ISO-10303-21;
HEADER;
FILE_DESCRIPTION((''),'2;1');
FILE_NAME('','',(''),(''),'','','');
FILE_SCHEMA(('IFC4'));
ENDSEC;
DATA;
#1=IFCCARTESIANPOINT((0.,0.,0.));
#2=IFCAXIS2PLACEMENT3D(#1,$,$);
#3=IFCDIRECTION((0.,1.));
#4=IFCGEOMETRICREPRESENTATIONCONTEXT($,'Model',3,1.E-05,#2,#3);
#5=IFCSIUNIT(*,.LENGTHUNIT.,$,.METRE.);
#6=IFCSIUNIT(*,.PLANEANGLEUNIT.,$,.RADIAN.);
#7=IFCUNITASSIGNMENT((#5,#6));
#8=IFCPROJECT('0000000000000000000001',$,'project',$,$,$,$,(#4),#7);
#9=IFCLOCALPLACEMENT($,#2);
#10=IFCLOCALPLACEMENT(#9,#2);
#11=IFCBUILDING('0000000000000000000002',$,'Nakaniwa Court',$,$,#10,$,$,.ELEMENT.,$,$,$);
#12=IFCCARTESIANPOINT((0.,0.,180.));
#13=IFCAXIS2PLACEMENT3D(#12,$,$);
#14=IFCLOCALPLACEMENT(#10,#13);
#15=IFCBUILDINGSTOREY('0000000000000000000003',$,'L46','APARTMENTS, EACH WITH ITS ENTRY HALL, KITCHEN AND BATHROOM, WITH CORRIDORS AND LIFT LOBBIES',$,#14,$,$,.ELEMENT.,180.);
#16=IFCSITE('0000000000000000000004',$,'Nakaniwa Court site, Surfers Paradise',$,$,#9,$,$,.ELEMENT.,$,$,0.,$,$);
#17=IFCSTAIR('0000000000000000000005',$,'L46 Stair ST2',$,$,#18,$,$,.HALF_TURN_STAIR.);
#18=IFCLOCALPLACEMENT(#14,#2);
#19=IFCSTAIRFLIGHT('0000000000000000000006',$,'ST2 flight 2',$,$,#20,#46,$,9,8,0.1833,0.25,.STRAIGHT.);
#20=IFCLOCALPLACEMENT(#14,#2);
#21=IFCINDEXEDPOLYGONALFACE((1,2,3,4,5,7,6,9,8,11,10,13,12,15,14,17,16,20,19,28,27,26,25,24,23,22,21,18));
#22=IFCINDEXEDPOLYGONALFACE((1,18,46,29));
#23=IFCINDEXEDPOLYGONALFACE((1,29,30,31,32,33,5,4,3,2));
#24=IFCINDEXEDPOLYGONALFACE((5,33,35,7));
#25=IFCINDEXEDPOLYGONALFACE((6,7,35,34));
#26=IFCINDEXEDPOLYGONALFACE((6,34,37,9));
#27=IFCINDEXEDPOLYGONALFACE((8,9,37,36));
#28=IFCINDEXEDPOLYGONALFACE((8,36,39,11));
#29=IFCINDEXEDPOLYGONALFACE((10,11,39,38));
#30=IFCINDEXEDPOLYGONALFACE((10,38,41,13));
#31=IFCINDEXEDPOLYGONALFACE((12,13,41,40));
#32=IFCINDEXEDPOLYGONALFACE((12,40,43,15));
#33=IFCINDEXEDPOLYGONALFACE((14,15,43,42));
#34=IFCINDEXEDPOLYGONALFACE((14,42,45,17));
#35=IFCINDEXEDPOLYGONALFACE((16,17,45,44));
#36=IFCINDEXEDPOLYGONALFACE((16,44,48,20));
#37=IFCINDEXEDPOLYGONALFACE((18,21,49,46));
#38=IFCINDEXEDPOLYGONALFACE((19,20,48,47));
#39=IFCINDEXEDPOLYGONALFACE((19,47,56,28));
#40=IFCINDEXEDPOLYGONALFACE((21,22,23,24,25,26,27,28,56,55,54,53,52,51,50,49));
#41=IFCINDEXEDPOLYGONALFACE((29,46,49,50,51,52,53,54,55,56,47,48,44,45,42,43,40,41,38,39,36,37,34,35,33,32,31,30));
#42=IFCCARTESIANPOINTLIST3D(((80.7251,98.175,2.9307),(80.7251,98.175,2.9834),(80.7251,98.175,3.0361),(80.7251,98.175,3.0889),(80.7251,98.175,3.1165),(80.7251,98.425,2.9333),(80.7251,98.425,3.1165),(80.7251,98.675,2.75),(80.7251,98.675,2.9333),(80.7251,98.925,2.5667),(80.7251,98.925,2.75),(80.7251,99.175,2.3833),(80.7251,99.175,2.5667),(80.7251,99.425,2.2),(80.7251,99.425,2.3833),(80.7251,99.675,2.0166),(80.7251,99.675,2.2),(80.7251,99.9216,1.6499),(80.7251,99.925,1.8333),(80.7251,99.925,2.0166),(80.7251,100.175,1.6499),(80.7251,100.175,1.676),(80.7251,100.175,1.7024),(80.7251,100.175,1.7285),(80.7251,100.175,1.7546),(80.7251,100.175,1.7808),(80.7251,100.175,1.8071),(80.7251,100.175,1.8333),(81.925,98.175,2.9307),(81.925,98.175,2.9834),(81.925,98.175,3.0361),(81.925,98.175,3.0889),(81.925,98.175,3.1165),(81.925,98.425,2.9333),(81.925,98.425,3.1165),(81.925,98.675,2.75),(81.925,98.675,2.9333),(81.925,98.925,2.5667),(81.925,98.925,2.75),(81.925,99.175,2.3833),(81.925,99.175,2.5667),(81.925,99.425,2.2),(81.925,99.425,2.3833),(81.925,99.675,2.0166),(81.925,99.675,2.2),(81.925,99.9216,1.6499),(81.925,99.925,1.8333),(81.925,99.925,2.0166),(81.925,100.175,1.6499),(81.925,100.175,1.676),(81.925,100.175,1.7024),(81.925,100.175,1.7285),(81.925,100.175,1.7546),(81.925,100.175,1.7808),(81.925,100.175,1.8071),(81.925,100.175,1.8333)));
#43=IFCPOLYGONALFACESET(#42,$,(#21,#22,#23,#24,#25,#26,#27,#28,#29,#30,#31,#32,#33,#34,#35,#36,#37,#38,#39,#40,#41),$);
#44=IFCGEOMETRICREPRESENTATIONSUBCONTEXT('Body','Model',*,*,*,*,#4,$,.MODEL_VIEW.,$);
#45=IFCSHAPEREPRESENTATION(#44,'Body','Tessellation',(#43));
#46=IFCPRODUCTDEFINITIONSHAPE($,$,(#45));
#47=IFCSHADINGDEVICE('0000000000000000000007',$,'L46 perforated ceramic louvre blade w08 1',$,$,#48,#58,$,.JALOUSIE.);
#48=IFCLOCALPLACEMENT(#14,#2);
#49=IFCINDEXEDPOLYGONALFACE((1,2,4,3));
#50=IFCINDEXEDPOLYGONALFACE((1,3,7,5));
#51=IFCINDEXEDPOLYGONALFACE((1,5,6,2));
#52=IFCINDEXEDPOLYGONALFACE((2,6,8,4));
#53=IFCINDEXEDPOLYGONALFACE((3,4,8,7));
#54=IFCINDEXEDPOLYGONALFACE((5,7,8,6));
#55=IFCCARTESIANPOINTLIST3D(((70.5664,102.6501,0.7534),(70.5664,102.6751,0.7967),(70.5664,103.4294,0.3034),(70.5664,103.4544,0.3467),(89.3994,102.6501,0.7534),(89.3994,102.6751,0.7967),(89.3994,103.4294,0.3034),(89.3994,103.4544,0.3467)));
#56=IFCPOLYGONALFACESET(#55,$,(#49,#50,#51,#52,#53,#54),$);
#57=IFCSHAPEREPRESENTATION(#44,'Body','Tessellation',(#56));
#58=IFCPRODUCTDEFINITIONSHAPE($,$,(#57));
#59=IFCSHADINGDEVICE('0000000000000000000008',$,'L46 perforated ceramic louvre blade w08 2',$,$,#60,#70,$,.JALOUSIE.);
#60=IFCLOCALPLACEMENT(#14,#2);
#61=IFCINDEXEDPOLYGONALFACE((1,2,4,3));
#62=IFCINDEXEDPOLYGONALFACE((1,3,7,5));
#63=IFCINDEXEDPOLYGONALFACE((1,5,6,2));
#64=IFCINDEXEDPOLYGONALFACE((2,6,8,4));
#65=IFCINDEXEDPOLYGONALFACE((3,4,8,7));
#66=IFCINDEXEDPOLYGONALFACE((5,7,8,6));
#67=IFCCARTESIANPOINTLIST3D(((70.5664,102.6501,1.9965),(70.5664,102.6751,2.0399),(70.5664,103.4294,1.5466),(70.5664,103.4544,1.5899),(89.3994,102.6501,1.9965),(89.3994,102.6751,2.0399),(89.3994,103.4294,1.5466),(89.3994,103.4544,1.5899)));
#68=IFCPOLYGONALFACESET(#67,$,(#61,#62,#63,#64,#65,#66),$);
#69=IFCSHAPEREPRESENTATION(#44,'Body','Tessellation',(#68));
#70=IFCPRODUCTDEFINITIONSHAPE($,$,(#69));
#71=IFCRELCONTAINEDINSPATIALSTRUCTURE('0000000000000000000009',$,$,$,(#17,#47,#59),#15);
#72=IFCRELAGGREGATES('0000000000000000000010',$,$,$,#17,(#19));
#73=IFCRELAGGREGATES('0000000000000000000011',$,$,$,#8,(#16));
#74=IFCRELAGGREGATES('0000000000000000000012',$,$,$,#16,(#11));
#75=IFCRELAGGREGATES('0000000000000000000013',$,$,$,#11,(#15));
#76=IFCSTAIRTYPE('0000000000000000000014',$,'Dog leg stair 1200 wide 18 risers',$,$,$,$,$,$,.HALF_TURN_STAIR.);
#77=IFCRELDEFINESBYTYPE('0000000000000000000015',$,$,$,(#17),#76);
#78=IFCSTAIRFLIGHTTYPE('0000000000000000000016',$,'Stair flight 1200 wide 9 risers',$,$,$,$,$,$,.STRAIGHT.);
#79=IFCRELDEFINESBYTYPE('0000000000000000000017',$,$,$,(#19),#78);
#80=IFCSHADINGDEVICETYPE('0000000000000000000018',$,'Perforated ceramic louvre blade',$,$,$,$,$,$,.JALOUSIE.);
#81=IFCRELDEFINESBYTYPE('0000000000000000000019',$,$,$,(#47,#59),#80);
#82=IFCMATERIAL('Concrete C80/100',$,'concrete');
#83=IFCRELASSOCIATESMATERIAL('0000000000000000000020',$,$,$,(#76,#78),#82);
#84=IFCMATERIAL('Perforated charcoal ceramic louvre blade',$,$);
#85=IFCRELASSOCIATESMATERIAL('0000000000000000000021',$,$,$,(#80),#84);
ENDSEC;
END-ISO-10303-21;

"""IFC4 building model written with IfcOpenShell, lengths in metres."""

from ifc_helpers import new_model, si_unit, direction, frame, origin, origin_2d, place, context, subcontext, project, spatial, polyline, rectangle, outline, extrude, material, material_profile, profile_set, type_object, element, aggregate, save


model = new_model("IFC4")

# Units and contexts
model_context = context("Model", 3, precision=1e-05, world=origin(), true_north=direction((0.0, 1.0)))
body_context = subcontext(model_context, "Body", "Model", "MODEL_VIEW")
ifc_project = project(units=[si_unit("LENGTHUNIT", "METRE"), si_unit("PLANEANGLEUNIT", "RADIAN")], contexts=[model_context])

# Site, building, storey
site_placement = place(None, origin())
site = spatial("IfcSite", under=ifc_project, at=site_placement, Name="Nakaniwa Court site, Surfers Paradise", CompositionType="ELEMENT", RefElevation=0.0)
building_placement = place(site_placement, origin())
building = spatial("IfcBuilding", under=site, at=building_placement, Name="Nakaniwa Court", CompositionType="ELEMENT")
storey_placement = place(building_placement, frame((0.0, 0.0, 180.0)))
storey = spatial("IfcBuildingStorey", under=building, at=storey_placement, Name="L46", Description="APARTMENTS, EACH WITH ITS ENTRY HALL, KITCHEN AND BATHROOM, WITH CORRIDORS AND LIFT LOBBIES", CompositionType="ELEMENT", Elevation=180.0)

# Shared definitions
ifc_material_1 = material(Name="Concrete C80/100", Category="concrete")

# Stair, stair flight
stair_type = type_object("IfcStairType", Name="Dog leg stair 1200 wide 18 risers", PredefinedType="HALF_TURN_STAIR", material=ifc_material_1)
stair_placement = place(storey_placement, origin())
stair = element("IfcStair", 1, at=stair_placement, inside=storey, type_object=stair_type, Name="L46 Stair ST2", PredefinedType="HALF_TURN_STAIR")
stair_flight_type = type_object("IfcStairFlightType", Name="Stair flight 1200 wide 9 risers", PredefinedType="STRAIGHT", material=ifc_material_1)
stair_flight_1_placement = place(storey_placement, frame((81.325, 100.175, 1.6499), z_axis=(0.0, 0.0, 1.0), x_axis=(0.0, -1.0, 0.0)))
stair_flight_1 = element("IfcStairFlight", 2, at=stair_flight_1_placement, type_object=stair_flight_type, Name="ST2 flight 2", NumberOfRisers=9, NumberOfTreads=8, PredefinedType="STRAIGHT", RiserHeight=0.1833, TreadLength=0.25, context=body_context, shape_type="SweptSolid", body=[
    extrude(outline(polyline([(0.0, 0.0), (0.0, 0.0261), (0.0, 0.0525), (0.0, 0.0786), (0.0, 0.1047), (0.0, 0.1309), (0.0, 0.1572), (0.0, 0.1833), (0.25, 0.1833), (0.25, 0.3667), (0.5, 0.3667), (0.5, 0.55), (0.75, 0.55), (0.75, 0.7334), (1.0, 0.7334), (1.0, 0.9167), (1.25, 0.9167), (1.25, 1.1001), (1.5, 1.1001), (1.5, 1.2834), (1.75, 1.2834), (1.75, 1.4666), (2.0, 1.4666), (2.0, 1.6499), (2.0, 1.5972), (2.0, 1.5444), (2.0, 1.4917), (2.0, 1.439), (2.0, 1.3862), (2.0, 1.3335), (2.0, 1.2808), (0.2534, 0.0), (0.0, 0.0)])), frame((0.0, 0.6001, 0.0), z_axis=(0.0, -1.0, 0.0), x_axis=(1.0, 0.0, 0.0)), (0.0, 0.0, 1.0), 1.2),
])
aggregate(stair, [stair_flight_1])

# Shading devices
ifc_material_2 = material(Name="Perforated charcoal ceramic louvre blade")
ifc_material_profile = material_profile(ifc_material_2, rectangle(XDim=0.8999, YDim=0.05, at=origin_2d()), Name="Perforated ceramic louvre blade")
ifc_profile_set = profile_set([ifc_material_profile], Name="Perforated charcoal ceramic louvre blade")
shading_device_type = type_object("IfcShadingDeviceType", Name="Perforated ceramic louvre blade", PredefinedType="JALOUSIE", material=ifc_profile_set)
for number, where, z_axis, x_axis, name in (
    (3, (89.3994, 103.0522, 0.55), (-1.0, 0.0, 0.0), (0.0, -0.866025, 0.5), "L46 perforated ceramic louvre blade w08 1"),
    (4, (89.3994, 103.0522, 1.7932), (-1.0, 0.0, 0.0), (0.0, -0.866025, 0.5), "L46 perforated ceramic louvre blade w08 2"),
):
    element("IfcShadingDevice", number, at=place(storey_placement, frame(where, z_axis=z_axis, x_axis=x_axis)), inside=storey, type_object=shading_device_type, Name=name, PredefinedType="JALOUSIE", context=body_context, shape_type="SweptSolid", body=[
        extrude(rectangle(XDim=0.8999, YDim=0.05, at=origin_2d()), origin(), (0.0, 0.0, 1.0), 18.833),
    ])

save(model, "model.ifc")
